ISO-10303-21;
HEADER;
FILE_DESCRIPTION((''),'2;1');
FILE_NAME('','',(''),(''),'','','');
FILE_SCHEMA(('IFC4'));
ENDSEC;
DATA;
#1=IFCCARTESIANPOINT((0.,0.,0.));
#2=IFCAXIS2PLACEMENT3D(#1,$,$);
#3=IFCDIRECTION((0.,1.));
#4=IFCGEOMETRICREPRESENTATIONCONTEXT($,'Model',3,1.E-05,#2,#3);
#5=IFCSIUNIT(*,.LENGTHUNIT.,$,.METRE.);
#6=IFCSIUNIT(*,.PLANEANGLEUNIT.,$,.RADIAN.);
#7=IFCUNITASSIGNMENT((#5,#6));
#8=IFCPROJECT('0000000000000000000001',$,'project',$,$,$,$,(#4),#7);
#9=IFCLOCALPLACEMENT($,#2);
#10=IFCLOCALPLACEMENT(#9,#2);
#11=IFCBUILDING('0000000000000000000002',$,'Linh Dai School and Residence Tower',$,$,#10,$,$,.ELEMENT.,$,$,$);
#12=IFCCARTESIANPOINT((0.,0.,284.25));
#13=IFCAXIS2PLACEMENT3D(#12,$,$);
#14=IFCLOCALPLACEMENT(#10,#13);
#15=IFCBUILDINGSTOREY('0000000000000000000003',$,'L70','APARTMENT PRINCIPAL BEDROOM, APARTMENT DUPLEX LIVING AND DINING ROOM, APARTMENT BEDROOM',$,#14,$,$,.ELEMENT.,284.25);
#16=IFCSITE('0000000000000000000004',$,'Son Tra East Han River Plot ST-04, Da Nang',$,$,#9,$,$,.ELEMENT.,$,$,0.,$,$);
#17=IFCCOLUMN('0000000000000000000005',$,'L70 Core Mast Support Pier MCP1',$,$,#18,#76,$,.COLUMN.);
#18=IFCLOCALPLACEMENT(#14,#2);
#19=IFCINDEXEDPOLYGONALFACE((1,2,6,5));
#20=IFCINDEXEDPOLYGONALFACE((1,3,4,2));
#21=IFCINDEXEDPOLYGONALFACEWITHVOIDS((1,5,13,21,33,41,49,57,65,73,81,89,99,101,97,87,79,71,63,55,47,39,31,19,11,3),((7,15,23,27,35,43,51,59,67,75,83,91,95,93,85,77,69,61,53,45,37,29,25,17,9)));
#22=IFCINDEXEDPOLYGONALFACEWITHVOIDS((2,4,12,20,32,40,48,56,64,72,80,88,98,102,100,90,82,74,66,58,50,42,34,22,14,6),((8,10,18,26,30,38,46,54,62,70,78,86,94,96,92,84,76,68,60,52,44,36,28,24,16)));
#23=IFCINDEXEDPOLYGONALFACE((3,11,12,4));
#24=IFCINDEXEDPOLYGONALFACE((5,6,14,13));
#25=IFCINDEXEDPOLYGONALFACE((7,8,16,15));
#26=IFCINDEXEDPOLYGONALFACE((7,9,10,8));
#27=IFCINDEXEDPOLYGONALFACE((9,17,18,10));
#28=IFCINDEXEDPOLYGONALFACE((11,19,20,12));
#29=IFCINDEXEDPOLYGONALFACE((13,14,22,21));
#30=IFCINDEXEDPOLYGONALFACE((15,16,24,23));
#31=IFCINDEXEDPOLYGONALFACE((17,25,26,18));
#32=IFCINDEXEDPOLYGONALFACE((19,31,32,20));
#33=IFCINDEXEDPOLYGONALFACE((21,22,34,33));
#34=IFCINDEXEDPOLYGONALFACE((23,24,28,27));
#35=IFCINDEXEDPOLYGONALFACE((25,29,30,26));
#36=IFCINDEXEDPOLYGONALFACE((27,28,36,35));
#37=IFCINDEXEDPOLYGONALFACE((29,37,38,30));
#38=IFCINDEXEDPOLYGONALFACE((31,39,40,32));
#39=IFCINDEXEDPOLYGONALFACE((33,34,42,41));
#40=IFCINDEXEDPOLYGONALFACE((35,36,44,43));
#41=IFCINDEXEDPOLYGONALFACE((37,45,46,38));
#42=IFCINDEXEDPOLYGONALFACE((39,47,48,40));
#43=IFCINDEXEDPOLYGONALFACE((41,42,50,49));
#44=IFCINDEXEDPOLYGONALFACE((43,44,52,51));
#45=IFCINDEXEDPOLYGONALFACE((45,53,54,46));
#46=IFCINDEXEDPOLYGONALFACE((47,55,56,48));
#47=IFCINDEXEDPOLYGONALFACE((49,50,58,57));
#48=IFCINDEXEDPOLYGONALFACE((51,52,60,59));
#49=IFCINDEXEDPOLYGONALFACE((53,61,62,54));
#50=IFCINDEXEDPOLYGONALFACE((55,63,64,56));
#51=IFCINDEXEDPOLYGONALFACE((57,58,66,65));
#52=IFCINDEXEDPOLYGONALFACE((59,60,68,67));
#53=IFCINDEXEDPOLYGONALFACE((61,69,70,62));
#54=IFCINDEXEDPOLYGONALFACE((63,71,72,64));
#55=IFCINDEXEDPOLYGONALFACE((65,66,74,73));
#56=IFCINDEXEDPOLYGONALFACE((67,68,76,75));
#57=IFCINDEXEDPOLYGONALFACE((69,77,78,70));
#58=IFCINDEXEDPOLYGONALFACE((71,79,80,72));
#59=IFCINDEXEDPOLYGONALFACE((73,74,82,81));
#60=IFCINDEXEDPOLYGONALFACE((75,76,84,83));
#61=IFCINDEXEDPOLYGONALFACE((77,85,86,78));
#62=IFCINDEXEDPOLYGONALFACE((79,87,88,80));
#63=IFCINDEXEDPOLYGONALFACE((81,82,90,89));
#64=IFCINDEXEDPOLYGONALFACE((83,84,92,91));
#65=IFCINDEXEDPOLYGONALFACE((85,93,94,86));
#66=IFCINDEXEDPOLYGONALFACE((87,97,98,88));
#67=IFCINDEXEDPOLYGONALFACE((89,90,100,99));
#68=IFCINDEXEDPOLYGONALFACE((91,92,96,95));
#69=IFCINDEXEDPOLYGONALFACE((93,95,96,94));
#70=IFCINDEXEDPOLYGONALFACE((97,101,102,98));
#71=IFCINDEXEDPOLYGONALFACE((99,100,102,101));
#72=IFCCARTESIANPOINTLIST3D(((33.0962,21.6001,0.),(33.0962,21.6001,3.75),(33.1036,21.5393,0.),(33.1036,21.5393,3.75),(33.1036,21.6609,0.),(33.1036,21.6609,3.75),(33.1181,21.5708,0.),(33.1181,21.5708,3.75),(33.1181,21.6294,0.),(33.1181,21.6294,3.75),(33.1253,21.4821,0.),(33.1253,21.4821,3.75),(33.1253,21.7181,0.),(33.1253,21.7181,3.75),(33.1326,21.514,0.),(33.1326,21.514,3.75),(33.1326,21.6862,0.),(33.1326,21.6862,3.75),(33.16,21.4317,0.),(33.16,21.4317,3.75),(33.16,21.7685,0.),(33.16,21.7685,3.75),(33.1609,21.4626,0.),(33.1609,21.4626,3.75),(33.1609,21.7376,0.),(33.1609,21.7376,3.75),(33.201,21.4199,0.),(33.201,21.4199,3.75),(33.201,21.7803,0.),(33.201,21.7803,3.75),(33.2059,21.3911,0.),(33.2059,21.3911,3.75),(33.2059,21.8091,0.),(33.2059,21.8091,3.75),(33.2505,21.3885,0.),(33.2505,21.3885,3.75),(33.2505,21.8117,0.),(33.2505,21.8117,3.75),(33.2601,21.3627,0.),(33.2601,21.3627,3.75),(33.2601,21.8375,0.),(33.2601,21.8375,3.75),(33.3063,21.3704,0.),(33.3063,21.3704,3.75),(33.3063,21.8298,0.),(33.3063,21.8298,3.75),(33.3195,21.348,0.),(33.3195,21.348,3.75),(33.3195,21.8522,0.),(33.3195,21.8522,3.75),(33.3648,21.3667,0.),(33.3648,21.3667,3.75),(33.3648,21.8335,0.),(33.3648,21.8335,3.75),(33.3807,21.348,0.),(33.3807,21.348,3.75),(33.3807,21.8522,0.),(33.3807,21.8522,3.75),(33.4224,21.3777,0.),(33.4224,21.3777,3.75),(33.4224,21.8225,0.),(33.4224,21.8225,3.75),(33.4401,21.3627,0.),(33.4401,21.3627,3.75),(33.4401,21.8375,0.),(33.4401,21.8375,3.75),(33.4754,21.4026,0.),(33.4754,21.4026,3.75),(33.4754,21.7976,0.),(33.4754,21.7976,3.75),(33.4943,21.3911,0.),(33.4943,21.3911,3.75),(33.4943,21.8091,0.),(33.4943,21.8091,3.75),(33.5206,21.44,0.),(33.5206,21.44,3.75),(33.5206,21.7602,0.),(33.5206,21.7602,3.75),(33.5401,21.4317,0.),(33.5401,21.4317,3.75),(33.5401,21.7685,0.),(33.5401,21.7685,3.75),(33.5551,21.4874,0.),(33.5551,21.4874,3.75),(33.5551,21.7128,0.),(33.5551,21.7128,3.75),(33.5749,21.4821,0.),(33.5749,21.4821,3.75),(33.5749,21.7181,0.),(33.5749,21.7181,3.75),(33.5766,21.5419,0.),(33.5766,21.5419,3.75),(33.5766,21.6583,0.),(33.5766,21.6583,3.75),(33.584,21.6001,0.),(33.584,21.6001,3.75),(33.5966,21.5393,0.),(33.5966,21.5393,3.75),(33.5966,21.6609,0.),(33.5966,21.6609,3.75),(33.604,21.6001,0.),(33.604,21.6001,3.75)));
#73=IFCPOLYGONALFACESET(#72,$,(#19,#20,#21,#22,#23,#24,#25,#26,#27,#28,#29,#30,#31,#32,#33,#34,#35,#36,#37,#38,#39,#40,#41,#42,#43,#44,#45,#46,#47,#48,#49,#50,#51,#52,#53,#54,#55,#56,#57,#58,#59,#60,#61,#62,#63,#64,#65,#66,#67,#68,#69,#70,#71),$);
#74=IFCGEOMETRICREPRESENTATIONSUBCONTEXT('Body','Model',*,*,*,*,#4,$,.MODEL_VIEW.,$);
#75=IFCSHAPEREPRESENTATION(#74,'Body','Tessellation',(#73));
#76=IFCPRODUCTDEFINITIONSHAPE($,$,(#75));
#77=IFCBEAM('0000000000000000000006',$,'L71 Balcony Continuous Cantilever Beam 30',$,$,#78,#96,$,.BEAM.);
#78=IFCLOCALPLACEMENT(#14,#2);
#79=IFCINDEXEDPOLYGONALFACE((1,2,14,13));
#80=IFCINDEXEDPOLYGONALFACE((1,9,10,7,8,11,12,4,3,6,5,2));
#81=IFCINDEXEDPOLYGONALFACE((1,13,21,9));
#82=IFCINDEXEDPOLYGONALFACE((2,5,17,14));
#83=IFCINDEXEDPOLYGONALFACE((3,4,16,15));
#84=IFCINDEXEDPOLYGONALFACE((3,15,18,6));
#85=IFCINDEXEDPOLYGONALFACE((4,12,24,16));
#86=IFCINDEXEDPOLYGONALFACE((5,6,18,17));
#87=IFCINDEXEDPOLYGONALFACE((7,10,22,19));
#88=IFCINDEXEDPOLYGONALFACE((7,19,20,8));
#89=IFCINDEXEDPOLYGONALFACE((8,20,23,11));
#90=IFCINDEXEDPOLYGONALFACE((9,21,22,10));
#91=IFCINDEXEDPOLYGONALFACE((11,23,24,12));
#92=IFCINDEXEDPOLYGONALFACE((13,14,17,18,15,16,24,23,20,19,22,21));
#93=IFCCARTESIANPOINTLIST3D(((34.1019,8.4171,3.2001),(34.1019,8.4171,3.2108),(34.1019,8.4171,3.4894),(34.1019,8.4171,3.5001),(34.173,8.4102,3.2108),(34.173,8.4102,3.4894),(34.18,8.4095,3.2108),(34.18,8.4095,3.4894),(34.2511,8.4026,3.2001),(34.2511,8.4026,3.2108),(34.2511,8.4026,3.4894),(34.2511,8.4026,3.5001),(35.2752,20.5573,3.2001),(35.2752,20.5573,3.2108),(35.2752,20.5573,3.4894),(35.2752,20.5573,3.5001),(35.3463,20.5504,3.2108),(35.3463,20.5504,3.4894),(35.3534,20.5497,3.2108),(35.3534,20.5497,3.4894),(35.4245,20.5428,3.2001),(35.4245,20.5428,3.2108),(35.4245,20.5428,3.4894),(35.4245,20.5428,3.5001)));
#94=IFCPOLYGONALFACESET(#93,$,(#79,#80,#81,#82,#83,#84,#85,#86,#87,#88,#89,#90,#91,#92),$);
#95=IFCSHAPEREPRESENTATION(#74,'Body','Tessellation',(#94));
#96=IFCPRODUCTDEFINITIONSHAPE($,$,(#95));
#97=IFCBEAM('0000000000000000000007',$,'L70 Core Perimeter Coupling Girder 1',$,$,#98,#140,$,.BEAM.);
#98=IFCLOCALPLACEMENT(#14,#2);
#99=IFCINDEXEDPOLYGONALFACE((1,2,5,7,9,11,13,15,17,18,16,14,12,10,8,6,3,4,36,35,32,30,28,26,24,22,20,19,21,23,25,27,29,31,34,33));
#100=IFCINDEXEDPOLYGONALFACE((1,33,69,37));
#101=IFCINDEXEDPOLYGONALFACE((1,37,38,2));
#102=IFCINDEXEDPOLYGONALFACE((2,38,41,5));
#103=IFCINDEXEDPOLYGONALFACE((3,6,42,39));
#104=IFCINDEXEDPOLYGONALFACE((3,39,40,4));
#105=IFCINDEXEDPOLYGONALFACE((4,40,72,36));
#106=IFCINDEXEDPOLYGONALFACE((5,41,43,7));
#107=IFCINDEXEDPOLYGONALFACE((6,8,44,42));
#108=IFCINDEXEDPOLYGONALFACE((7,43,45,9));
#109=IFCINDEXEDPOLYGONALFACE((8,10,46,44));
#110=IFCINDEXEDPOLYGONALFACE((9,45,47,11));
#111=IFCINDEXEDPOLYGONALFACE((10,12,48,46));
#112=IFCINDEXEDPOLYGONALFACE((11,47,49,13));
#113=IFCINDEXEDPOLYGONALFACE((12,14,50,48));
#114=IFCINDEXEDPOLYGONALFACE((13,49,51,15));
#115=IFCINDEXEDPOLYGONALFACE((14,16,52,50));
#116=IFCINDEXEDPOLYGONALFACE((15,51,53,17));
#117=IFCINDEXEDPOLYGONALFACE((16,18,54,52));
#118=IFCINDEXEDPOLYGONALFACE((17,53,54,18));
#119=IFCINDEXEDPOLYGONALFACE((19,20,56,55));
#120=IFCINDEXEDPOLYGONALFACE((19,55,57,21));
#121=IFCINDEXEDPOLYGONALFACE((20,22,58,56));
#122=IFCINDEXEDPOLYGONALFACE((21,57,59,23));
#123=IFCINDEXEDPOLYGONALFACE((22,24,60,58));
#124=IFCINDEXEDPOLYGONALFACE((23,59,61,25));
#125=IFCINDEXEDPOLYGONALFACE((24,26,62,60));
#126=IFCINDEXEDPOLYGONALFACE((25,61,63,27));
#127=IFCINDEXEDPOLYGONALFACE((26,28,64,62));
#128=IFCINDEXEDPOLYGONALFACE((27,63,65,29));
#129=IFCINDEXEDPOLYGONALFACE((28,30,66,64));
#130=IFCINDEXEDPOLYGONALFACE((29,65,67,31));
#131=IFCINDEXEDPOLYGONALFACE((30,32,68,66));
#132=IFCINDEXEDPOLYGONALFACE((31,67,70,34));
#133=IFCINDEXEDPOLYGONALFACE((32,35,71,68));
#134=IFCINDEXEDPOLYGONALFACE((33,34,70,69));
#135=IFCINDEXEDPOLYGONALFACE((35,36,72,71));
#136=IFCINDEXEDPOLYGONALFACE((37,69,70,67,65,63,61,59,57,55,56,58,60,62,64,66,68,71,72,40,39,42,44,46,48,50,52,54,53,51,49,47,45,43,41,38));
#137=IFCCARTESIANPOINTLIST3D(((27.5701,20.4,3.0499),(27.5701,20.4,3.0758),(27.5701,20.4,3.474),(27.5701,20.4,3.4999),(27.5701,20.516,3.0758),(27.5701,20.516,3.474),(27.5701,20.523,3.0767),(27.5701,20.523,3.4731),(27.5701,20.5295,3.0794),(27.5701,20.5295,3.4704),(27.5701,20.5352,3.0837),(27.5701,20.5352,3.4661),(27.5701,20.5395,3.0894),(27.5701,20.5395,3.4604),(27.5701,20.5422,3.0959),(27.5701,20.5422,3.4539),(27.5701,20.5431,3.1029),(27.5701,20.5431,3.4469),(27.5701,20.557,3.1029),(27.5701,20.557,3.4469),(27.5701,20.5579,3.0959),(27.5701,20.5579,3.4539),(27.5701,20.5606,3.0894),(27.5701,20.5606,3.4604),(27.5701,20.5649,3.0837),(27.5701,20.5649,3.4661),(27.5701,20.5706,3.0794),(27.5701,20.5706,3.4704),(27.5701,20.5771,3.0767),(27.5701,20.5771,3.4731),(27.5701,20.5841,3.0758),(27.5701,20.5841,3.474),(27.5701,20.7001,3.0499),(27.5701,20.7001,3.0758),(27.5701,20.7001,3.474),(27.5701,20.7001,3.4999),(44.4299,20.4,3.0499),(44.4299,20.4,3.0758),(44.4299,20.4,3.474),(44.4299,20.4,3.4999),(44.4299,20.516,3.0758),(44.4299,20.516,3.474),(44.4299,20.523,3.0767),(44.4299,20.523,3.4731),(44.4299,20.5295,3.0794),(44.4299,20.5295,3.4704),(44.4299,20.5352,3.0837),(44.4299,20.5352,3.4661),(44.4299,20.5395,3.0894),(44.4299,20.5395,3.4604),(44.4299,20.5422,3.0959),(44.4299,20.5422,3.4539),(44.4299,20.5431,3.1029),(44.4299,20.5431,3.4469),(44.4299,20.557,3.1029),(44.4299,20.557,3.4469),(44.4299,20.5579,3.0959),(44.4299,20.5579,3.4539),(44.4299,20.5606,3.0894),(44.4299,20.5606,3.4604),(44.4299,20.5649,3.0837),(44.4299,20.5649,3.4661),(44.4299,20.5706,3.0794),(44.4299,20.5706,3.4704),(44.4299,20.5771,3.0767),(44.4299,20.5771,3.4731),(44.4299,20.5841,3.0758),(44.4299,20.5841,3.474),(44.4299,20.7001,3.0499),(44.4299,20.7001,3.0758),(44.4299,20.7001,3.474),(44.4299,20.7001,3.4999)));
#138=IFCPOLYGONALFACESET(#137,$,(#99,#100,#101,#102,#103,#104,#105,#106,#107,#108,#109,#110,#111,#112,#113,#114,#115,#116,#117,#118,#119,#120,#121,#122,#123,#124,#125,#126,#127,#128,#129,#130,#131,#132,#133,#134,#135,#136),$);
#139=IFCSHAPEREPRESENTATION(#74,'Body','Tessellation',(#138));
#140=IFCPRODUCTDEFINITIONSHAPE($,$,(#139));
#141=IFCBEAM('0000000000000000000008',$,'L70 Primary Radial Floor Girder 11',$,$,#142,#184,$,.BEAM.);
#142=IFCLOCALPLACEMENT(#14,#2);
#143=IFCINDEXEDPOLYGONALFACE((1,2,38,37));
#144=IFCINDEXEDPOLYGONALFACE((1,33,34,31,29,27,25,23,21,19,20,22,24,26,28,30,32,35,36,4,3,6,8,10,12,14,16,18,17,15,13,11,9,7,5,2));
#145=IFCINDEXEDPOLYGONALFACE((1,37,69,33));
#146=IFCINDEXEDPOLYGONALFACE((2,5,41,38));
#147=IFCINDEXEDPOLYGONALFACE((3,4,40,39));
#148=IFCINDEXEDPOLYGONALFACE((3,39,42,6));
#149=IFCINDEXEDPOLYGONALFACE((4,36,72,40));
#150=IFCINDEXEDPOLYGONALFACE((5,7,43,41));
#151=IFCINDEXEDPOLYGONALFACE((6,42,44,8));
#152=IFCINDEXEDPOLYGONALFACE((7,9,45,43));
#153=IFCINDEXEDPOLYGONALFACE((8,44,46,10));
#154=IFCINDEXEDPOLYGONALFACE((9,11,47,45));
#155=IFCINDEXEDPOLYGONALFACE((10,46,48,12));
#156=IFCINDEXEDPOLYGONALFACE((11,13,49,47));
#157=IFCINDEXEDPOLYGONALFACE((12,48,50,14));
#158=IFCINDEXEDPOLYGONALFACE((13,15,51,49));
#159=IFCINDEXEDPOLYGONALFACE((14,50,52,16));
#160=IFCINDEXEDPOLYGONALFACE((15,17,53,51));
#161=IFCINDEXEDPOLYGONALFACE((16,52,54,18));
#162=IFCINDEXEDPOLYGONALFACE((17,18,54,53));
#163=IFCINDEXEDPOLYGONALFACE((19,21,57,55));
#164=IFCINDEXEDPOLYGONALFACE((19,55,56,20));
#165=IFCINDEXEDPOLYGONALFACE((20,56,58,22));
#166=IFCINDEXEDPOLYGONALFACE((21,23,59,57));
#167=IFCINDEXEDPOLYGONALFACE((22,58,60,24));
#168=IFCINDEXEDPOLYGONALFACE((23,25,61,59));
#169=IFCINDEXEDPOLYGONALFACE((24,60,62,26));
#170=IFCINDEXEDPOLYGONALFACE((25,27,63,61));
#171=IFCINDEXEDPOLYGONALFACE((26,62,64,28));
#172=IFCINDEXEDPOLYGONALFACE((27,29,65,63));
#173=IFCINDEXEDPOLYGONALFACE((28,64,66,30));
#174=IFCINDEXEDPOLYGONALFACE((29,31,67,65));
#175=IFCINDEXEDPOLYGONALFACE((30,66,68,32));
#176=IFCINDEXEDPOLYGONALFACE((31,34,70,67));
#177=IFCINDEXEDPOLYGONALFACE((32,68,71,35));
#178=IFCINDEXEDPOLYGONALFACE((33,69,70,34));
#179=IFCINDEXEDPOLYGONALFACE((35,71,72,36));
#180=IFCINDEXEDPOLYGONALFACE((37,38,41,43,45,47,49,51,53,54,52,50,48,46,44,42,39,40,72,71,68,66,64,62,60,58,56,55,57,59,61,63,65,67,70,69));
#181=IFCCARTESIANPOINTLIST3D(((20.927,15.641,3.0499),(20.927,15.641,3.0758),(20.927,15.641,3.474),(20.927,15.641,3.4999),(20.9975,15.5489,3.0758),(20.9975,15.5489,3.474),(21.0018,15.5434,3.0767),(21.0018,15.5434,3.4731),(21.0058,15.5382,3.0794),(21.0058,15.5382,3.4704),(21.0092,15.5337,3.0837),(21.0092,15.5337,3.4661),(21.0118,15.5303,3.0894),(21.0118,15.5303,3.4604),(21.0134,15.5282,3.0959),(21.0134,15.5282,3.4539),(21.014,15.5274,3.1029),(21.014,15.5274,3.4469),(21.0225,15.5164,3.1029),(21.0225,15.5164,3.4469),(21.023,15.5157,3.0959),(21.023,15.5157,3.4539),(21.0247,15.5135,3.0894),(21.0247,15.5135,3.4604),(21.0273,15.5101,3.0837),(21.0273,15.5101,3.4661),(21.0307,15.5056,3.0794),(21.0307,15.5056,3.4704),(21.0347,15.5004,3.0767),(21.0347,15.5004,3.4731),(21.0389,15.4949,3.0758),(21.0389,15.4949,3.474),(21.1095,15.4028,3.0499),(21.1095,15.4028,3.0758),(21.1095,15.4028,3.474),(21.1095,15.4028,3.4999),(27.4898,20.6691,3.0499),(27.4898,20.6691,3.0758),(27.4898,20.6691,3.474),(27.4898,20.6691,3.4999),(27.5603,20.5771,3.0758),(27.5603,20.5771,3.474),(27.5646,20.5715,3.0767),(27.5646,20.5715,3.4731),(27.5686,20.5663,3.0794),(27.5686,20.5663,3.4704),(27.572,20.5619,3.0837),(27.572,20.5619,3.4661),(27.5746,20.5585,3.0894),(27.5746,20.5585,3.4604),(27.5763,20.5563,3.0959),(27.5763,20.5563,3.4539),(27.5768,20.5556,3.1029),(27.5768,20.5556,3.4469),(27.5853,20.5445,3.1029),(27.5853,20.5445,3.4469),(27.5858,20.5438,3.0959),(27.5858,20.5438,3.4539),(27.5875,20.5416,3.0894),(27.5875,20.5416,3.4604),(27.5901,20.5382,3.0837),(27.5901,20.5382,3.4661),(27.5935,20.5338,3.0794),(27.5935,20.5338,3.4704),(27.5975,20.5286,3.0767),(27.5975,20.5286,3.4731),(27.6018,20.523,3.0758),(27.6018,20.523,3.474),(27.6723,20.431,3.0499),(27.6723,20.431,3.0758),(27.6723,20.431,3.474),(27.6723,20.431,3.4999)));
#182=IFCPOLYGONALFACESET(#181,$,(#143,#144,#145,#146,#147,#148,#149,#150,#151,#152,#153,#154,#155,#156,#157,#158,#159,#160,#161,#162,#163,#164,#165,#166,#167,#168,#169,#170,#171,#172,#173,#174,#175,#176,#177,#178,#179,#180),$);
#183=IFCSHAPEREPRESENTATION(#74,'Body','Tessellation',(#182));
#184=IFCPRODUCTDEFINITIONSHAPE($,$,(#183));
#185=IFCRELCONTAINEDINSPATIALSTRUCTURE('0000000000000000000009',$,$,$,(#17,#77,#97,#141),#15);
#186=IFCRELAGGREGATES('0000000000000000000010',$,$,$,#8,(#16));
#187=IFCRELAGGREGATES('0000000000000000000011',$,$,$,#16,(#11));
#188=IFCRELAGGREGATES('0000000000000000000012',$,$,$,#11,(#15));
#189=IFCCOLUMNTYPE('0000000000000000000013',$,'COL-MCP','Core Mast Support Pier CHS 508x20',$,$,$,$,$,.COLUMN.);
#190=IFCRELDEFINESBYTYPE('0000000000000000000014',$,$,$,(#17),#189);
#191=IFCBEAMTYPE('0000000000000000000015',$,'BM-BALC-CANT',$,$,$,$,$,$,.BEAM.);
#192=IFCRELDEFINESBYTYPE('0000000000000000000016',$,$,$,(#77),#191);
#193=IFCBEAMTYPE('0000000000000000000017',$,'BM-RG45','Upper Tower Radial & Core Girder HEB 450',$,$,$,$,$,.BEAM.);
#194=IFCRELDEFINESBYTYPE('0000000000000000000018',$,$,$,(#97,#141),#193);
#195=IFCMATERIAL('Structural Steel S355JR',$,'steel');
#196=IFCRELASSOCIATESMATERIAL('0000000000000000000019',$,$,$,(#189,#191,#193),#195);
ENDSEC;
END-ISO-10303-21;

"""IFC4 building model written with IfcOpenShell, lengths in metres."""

from ifc_helpers import new_model, si_unit, direction, frame, origin, origin_2d, place, context, subcontext, project, spatial, hollow_circle, i_section, extrude, material, material_profile, profile_set, type_object, element, save


model = new_model("IFC4")

# Units and contexts
model_context = context("Model", 3, precision=1e-05, world=origin(), true_north=direction((0.0, 1.0)))
body_context = subcontext(model_context, "Body", "Model", "MODEL_VIEW")
ifc_project = project(units=[si_unit("LENGTHUNIT", "METRE"), si_unit("PLANEANGLEUNIT", "RADIAN")], contexts=[model_context])

# Site, building, storey
site_placement = place(None, origin())
site = spatial("IfcSite", under=ifc_project, at=site_placement, Name="Son Tra East Han River Plot ST-04, Da Nang", CompositionType="ELEMENT", RefElevation=0.0)
building_placement = place(site_placement, origin())
building = spatial("IfcBuilding", under=site, at=building_placement, Name="Linh Dai School and Residence Tower", CompositionType="ELEMENT")
storey_placement = place(building_placement, frame((0.0, 0.0, 284.25)))
storey = spatial("IfcBuildingStorey", under=building, at=storey_placement, Name="L70", Description="APARTMENT PRINCIPAL BEDROOM, APARTMENT DUPLEX LIVING AND DINING ROOM, APARTMENT BEDROOM", CompositionType="ELEMENT", Elevation=284.25)

# Column
ifc_material_1 = material(Name="Structural Steel S355JR", Category="steel")
ifc_material_profile_1 = material_profile(ifc_material_1, hollow_circle(Radius=0.2539, WallThickness=0.02, at=origin_2d()), Name="CHS 508x20")
ifc_profile_set_1 = profile_set([ifc_material_profile_1], Name="Structural Steel S355JR")
column_type = type_object("IfcColumnType", Name="COL-MCP", Description="Core Mast Support Pier CHS 508x20", PredefinedType="COLUMN", material=ifc_profile_set_1)
column_placement = place(storey_placement, frame((33.3501, 21.6001, 0.0), z_axis=(0.0, 0.0, 1.0), x_axis=(1.0, 0.0, 0.0)))
element("IfcColumn", 1, at=column_placement, inside=storey, type_object=column_type, Name="L70 Core Mast Support Pier MCP1", PredefinedType="COLUMN", context=body_context, shape_type="SweptSolid", body=[
    extrude(hollow_circle(Radius=0.2539, WallThickness=0.02, at=origin_2d()), origin(), (0.0, 0.0, 1.0), 3.75),
])

# Beams
ifc_material_profile_2 = material_profile(ifc_material_1, i_section(OverallWidth=0.1499, OverallDepth=0.3, WebThickness=0.0071, FlangeThickness=0.0107, at=origin_2d()), Name="IPE 300")
ifc_profile_set_2 = profile_set([ifc_material_profile_2], Name="Structural Steel S355JR")
beam_type_1 = type_object("IfcBeamType", Name="BM-BALC-CANT", PredefinedType="BEAM", material=ifc_profile_set_2)
beam_1_placement = place(storey_placement, frame((35.3499, 20.55, 3.3501), z_axis=(-0.096201, -0.995362, 0.0), x_axis=(0.995362, -0.096201, 0.0)))
element("IfcBeam", 2, at=beam_1_placement, inside=storey, type_object=beam_type_1, Name="L71 Balcony Continuous Cantilever Beam 30", PredefinedType="BEAM", context=body_context, shape_type="SweptSolid", body=[
    extrude(i_section(OverallWidth=0.1499, OverallDepth=0.3, WebThickness=0.0071, FlangeThickness=0.0107, at=origin_2d()), origin(), (0.0, 0.0, 1.0), 12.1968),
])
ifc_material_profile_3 = material_profile(ifc_material_1, i_section(OverallWidth=0.3, OverallDepth=0.45, WebThickness=0.0139, FlangeThickness=0.0259, FilletRadius=0.0271, at=origin_2d()), Name="HEB 450")
ifc_profile_set_3 = profile_set([ifc_material_profile_3], Name="Structural Steel S355JR")
beam_type_2 = type_object("IfcBeamType", Name="BM-RG45", Description="Upper Tower Radial & Core Girder HEB 450", PredefinedType="BEAM", material=ifc_profile_set_3)
beam_2_placement = place(storey_placement, frame((27.5701, 20.55, 3.2749), z_axis=(1.0, 0.0, 0.0), x_axis=(0.0, 1.0, 0.0)))
element("IfcBeam", 3, at=beam_2_placement, inside=storey, type_object=beam_type_2, Name="L70 Core Perimeter Coupling Girder 1", PredefinedType="BEAM", context=body_context, shape_type="SweptSolid", body=[
    extrude(i_section(OverallWidth=0.3, OverallDepth=0.45, WebThickness=0.0139, FlangeThickness=0.0259, FilletRadius=0.0271, at=origin_2d()), origin(), (0.0, 0.0, 1.0), 16.8599),
])
beam_3_placement = place(storey_placement, frame((27.5811, 20.55, 3.2749), z_axis=(-0.793803, -0.608175, 0.0), x_axis=(0.608175, -0.793803, 0.0)))
element("IfcBeam", 4, at=beam_3_placement, inside=storey, type_object=beam_type_2, Name="L70 Primary Radial Floor Girder 11", PredefinedType="BEAM", context=body_context, shape_type="SweptSolid", body=[
    extrude(i_section(OverallWidth=0.3, OverallDepth=0.45, WebThickness=0.0139, FlangeThickness=0.0259, FilletRadius=0.0271, at=origin_2d()), origin(), (0.0, 0.0, 1.0), 8.2676),
])

save(model, "model.ifc")
